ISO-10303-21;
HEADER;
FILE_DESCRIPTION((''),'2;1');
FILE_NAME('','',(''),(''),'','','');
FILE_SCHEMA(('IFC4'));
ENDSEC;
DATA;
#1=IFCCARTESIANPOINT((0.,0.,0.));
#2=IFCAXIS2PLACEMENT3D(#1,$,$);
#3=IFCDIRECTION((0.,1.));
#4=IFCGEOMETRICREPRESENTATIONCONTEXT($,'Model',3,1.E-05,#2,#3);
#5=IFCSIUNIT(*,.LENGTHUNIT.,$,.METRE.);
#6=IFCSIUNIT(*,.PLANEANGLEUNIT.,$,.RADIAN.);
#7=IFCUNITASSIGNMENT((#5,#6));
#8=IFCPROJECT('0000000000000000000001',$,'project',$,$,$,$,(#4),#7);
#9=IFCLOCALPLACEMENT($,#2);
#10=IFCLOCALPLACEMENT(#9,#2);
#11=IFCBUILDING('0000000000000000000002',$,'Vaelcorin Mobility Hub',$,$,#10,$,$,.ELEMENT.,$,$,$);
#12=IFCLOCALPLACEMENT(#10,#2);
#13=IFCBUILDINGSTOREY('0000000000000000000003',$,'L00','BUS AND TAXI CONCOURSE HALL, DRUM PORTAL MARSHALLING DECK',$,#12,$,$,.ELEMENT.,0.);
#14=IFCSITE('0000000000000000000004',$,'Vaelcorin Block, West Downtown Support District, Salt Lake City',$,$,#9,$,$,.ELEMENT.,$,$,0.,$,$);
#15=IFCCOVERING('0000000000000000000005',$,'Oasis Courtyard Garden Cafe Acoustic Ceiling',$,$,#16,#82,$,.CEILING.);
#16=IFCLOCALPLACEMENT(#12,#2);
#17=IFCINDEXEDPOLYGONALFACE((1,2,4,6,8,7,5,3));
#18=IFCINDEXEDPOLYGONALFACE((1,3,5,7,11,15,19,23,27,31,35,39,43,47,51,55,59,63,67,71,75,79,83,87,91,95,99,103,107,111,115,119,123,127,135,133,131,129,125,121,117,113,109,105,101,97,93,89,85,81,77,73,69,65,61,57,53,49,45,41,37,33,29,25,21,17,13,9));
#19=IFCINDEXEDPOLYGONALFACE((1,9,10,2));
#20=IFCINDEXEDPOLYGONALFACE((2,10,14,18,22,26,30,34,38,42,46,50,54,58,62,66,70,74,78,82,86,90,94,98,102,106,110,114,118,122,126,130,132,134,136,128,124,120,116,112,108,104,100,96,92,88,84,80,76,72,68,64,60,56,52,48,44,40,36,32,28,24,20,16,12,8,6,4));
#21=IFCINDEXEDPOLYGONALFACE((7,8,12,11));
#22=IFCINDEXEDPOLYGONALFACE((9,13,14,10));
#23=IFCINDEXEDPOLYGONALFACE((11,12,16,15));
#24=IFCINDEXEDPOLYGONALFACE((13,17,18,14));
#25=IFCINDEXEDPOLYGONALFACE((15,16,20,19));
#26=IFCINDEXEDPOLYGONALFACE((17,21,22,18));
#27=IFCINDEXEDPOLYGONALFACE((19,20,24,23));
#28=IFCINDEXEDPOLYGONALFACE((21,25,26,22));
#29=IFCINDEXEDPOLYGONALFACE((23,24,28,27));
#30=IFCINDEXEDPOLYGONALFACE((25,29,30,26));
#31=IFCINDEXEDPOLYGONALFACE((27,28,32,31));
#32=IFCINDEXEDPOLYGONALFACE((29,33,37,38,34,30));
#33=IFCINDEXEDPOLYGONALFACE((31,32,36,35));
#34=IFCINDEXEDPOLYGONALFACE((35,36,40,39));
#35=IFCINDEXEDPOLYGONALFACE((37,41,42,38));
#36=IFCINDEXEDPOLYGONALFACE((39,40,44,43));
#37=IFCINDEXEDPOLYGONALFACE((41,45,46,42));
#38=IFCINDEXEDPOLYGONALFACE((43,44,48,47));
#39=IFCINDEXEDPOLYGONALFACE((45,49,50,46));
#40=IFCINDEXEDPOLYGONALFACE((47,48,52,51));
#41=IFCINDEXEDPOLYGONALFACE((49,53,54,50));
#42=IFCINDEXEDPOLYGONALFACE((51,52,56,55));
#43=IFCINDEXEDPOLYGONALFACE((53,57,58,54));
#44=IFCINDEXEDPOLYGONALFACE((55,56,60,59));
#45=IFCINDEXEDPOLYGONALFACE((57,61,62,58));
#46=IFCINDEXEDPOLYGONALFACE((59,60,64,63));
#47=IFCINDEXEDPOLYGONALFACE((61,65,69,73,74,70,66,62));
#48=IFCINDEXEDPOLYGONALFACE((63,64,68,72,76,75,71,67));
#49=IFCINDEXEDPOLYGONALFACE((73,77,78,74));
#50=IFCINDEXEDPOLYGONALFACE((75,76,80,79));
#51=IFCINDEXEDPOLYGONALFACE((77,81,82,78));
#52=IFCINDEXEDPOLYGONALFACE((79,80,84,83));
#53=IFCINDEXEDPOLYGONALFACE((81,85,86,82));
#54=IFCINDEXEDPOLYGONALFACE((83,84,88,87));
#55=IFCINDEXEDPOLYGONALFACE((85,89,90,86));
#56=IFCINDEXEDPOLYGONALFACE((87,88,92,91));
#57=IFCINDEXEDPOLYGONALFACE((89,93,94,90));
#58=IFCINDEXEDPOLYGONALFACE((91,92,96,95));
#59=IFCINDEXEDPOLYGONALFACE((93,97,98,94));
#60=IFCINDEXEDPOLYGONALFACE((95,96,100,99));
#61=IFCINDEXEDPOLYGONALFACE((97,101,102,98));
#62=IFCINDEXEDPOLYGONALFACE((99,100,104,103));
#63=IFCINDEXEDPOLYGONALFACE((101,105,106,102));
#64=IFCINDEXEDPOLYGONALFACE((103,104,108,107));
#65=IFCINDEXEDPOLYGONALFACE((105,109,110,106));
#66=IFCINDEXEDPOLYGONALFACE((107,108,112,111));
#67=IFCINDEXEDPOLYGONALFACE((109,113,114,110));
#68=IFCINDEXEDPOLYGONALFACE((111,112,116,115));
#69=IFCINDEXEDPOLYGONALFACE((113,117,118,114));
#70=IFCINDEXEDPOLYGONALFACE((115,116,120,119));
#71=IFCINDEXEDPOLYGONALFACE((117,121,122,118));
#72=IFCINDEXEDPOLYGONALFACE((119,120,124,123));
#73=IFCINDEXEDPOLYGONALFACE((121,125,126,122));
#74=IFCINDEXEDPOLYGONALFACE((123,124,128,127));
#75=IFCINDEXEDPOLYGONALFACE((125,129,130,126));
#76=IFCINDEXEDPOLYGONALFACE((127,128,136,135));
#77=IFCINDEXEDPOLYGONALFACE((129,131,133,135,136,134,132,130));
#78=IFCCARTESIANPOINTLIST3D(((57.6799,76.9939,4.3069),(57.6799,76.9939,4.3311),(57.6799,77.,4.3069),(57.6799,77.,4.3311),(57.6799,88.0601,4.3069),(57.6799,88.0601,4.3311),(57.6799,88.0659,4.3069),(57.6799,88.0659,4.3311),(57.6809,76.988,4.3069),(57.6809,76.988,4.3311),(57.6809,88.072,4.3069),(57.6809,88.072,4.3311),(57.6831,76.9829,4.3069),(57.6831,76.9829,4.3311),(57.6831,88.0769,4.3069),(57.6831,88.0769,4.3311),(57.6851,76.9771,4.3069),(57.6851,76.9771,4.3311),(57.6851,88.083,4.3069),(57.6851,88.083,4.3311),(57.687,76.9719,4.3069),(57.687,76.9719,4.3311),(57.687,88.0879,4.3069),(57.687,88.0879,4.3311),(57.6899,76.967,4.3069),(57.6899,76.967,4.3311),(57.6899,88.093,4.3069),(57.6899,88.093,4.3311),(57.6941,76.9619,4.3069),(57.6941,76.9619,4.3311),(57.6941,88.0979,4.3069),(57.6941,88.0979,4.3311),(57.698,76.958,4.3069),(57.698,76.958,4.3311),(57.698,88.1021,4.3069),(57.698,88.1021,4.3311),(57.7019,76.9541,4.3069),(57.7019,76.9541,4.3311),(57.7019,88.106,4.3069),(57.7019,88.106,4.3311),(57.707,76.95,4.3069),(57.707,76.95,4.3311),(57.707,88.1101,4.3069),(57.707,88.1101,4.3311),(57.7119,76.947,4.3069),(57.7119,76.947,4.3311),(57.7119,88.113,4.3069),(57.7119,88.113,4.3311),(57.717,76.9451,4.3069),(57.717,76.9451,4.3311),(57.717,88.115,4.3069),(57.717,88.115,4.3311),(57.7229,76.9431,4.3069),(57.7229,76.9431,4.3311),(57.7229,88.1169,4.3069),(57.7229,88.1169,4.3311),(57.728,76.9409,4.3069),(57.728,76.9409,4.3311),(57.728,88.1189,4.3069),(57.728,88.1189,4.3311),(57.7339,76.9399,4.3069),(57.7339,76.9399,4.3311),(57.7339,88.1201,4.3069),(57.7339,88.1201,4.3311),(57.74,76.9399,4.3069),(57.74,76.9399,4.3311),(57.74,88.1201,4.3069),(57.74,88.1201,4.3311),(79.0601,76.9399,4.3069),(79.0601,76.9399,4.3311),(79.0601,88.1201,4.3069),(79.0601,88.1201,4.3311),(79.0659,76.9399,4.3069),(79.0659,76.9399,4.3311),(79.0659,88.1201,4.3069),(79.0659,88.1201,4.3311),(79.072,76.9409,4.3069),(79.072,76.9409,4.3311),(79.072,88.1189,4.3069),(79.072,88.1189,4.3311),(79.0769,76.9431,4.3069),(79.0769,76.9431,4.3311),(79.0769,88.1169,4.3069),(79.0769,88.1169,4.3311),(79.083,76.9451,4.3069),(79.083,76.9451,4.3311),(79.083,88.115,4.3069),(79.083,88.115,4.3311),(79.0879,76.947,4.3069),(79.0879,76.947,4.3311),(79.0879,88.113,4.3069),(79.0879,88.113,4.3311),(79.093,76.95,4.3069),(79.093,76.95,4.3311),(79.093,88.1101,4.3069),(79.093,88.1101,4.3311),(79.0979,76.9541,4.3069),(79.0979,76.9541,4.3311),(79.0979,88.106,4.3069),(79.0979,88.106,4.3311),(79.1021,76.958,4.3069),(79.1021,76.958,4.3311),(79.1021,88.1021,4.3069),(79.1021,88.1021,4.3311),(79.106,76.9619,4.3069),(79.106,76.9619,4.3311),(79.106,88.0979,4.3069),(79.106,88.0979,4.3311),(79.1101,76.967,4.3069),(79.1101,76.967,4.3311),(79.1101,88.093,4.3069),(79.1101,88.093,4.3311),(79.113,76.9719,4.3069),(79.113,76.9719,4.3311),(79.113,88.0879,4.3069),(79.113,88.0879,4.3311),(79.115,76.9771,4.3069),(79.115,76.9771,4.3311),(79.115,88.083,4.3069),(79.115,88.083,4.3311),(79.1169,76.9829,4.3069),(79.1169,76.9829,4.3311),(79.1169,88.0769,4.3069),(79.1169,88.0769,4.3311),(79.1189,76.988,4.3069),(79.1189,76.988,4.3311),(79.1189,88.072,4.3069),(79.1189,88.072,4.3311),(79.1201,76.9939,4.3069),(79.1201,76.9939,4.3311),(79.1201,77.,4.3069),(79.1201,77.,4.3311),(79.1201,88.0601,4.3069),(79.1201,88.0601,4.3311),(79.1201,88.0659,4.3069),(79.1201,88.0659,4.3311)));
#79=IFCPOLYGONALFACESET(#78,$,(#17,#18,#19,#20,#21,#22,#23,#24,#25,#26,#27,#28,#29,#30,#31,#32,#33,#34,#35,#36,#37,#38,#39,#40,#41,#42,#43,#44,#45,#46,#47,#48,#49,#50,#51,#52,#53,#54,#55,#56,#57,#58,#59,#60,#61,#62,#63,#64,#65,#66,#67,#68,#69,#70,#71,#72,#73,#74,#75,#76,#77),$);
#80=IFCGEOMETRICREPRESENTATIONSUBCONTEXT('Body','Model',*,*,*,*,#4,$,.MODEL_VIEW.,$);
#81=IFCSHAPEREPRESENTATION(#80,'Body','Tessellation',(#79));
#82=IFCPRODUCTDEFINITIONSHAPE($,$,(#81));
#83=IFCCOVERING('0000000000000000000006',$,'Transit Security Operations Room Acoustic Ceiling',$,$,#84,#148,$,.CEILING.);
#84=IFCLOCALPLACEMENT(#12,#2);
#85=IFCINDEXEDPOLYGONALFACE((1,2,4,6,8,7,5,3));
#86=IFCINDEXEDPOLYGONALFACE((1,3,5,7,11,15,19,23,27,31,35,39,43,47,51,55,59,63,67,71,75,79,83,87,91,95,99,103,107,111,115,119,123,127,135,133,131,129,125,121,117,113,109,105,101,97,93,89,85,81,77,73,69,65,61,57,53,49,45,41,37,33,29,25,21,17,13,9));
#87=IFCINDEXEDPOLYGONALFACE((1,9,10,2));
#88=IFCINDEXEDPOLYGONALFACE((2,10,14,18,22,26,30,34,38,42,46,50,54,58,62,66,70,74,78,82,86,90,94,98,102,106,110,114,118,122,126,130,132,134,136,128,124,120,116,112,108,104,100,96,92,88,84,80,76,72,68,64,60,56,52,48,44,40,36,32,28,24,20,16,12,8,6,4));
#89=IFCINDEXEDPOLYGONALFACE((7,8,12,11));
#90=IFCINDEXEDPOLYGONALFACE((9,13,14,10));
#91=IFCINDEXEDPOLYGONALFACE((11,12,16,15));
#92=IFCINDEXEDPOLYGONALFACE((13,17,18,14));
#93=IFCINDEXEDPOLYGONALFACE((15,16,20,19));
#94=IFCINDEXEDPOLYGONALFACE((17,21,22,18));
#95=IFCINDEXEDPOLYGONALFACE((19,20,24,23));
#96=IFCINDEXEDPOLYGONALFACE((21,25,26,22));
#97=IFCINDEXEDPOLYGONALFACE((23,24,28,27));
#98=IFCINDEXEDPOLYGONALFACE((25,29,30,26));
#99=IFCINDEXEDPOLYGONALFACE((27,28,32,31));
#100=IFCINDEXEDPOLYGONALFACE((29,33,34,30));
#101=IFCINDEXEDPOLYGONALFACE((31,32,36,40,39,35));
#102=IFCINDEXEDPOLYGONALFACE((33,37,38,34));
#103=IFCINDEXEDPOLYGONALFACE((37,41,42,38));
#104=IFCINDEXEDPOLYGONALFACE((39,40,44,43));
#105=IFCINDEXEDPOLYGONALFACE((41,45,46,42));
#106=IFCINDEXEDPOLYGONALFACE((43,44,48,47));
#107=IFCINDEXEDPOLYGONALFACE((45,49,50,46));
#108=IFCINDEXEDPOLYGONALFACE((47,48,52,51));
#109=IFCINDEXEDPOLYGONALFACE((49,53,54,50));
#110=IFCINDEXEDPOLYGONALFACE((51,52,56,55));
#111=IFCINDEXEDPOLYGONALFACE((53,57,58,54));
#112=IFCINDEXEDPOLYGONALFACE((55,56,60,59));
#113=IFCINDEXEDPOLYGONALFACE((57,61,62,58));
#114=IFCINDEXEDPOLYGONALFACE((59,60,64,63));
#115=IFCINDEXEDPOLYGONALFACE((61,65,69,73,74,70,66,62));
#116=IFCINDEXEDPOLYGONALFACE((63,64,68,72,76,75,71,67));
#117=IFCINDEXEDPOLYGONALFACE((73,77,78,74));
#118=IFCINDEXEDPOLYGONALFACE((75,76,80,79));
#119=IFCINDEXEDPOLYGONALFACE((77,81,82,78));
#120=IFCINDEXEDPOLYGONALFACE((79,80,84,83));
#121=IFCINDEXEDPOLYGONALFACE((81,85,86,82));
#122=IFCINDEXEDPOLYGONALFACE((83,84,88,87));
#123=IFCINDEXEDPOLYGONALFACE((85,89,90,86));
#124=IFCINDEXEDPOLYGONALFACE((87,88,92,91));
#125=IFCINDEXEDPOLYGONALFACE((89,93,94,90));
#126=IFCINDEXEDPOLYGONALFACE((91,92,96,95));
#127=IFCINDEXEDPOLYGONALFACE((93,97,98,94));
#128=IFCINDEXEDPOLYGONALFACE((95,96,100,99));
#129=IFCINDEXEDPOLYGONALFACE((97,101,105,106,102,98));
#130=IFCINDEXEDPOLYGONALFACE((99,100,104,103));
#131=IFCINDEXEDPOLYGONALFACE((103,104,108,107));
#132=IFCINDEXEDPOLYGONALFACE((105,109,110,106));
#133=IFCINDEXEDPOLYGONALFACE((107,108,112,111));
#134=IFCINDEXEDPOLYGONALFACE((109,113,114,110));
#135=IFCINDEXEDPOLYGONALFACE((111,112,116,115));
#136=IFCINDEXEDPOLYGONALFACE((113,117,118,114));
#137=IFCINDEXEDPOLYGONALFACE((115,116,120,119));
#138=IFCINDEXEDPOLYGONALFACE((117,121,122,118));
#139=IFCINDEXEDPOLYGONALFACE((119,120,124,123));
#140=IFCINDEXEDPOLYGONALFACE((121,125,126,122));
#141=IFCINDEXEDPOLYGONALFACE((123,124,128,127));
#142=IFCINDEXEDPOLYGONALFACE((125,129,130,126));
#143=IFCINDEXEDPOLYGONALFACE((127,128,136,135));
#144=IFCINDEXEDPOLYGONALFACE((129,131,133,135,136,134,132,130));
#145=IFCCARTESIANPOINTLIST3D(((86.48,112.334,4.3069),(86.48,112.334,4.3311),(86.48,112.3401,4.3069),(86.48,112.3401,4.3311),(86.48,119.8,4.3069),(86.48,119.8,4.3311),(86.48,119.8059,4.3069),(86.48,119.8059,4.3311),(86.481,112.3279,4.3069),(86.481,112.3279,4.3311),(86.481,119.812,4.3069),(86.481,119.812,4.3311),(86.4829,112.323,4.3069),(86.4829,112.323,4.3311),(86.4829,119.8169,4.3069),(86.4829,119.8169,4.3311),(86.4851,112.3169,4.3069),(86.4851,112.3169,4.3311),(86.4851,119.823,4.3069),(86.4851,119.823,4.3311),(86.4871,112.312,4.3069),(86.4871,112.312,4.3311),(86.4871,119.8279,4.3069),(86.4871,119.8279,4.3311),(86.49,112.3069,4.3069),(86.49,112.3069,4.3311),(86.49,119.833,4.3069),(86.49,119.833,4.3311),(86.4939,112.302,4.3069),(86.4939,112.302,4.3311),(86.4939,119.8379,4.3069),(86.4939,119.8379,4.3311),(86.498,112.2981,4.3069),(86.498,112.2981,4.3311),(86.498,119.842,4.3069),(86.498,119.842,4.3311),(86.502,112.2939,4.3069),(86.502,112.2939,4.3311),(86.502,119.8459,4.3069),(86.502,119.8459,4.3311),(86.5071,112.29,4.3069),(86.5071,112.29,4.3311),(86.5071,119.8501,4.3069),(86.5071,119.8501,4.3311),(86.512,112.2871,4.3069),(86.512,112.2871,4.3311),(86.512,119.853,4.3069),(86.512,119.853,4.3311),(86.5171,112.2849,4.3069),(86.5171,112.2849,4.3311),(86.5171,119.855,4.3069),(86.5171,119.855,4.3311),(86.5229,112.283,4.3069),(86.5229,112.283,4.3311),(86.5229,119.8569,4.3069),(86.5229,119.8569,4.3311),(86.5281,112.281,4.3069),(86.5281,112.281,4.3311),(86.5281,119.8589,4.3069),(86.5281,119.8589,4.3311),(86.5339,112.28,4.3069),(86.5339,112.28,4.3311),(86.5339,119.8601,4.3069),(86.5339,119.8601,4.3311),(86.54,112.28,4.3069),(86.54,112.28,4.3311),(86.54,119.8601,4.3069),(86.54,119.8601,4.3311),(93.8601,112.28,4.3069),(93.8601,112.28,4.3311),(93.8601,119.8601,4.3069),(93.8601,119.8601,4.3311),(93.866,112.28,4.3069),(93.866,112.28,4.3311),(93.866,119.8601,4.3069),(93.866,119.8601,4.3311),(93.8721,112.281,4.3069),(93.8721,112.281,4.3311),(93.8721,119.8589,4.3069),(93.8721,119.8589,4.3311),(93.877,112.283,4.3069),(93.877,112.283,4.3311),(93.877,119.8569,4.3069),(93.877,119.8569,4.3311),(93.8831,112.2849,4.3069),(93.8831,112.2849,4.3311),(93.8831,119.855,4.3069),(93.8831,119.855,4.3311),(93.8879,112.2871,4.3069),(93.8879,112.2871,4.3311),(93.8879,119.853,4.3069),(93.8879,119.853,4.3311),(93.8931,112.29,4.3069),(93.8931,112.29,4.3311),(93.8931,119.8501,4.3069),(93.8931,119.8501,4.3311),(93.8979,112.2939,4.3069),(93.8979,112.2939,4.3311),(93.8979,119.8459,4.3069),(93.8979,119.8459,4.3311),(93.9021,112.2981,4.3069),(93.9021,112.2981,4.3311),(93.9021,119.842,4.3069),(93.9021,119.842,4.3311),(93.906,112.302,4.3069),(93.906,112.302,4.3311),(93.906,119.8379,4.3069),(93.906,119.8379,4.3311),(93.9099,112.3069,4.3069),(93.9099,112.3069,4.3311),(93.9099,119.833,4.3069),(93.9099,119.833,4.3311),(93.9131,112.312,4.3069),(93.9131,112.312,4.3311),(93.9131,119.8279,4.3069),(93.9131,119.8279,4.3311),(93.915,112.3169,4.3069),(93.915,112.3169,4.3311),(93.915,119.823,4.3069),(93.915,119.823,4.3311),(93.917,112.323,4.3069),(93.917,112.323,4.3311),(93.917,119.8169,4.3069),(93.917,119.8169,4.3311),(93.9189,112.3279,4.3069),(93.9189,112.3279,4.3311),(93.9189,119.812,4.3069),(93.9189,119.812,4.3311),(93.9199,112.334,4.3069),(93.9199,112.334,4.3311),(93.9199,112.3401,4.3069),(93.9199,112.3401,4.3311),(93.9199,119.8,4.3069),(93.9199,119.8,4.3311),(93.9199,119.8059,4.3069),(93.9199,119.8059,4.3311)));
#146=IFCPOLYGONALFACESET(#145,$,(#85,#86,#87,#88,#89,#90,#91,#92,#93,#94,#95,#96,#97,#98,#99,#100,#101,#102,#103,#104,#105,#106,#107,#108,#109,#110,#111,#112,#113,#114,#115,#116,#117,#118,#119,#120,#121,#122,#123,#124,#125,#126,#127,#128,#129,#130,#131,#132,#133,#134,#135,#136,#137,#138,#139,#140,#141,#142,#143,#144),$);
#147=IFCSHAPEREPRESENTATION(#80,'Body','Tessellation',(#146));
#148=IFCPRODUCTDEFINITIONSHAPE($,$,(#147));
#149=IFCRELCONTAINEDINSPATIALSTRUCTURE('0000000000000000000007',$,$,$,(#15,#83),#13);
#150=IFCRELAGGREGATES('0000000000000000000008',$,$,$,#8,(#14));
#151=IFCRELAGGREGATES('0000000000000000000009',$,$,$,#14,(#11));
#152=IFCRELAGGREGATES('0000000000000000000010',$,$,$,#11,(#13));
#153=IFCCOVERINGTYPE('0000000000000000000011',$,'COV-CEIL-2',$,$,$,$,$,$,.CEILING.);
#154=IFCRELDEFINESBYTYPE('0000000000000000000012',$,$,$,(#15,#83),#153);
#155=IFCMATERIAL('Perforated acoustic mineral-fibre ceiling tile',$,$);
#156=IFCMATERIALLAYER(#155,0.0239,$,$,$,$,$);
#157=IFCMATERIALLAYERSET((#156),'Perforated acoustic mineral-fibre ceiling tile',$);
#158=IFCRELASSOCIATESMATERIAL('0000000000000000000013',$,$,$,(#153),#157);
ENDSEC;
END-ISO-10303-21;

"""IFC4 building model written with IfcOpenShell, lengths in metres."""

from ifc_helpers import new_model, si_unit, direction, frame, origin, place, context, subcontext, project, spatial, polyline, outline, extrude, material, layer, layer_set, type_object, element, save


model = new_model("IFC4")

# Units and contexts
model_context = context("Model", 3, precision=1e-05, world=origin(), true_north=direction((0.0, 1.0)))
body_context = subcontext(model_context, "Body", "Model", "MODEL_VIEW")
ifc_project = project(units=[si_unit("LENGTHUNIT", "METRE"), si_unit("PLANEANGLEUNIT", "RADIAN")], contexts=[model_context])

# Site, building, storey
site_placement = place(None, origin())
site = spatial("IfcSite", under=ifc_project, at=site_placement, Name="Vaelcorin Block, West Downtown Support District, Salt Lake City", CompositionType="ELEMENT", RefElevation=0.0)
building_placement = place(site_placement, origin())
building = spatial("IfcBuilding", under=site, at=building_placement, Name="Vaelcorin Mobility Hub", CompositionType="ELEMENT")
storey_placement = place(building_placement, origin())
storey = spatial("IfcBuildingStorey", under=building, at=storey_placement, Name="L00", Description="BUS AND TAXI CONCOURSE HALL, DRUM PORTAL MARSHALLING DECK", CompositionType="ELEMENT", Elevation=0.0)

# Coverings
ifc_material_1 = material(Name="Perforated acoustic mineral-fibre ceiling tile")
ifc_layer_1 = layer(ifc_material_1, 0.0239)
ifc_layer_set_1 = layer_set([ifc_layer_1], Name="Perforated acoustic mineral-fibre ceiling tile")
covering_type_1 = type_object("IfcCoveringType", Name="COV-CEIL-2", PredefinedType="CEILING", material=ifc_layer_set_1)
covering_1_placement = place(storey_placement, frame((0.0, 0.0, 4.3069)))
element("IfcCovering", 1, at=covering_1_placement, inside=storey, type_object=covering_type_1, Name="Oasis Courtyard Garden Cafe Acoustic Ceiling", PredefinedType="CEILING", context=body_context, shape_type="SweptSolid", body=[
    extrude(outline(polyline([(57.74, 76.9399), (57.7339, 76.9399), (57.728, 76.9409), (57.7229, 76.9431), (57.717, 76.9451), (57.7119, 76.947), (57.707, 76.95), (57.7019, 76.9541), (57.698, 76.958), (57.6941, 76.9619), (57.6899, 76.967), (57.687, 76.9719), (57.6851, 76.9771), (57.6831, 76.9829), (57.6809, 76.988), (57.6799, 76.9939), (57.6799, 77.0), (57.6799, 88.0601), (57.6799, 88.0659), (57.6809, 88.072), (57.6831, 88.0769), (57.6851, 88.083), (57.687, 88.0879), (57.6899, 88.093), (57.6941, 88.0979), (57.698, 88.1021), (57.7019, 88.106), (57.707, 88.1101), (57.7119, 88.113), (57.717, 88.115), (57.7229, 88.1169), (57.728, 88.1189), (57.7339, 88.1201), (57.74, 88.1201), (79.0601, 88.1201), (79.0659, 88.1201), (79.072, 88.1189), (79.0769, 88.1169), (79.083, 88.115), (79.0879, 88.113), (79.093, 88.1101), (79.0979, 88.106), (79.1021, 88.1021), (79.106, 88.0979), (79.1101, 88.093), (79.113, 88.0879), (79.115, 88.083), (79.1169, 88.0769), (79.1189, 88.072), (79.1201, 88.0659), (79.1201, 88.0601), (79.1201, 77.0), (79.1201, 76.9939), (79.1189, 76.988), (79.1169, 76.9829), (79.115, 76.9771), (79.113, 76.9719), (79.1101, 76.967), (79.106, 76.9619), (79.1021, 76.958), (79.0979, 76.9541), (79.093, 76.95), (79.0879, 76.947), (79.083, 76.9451), (79.0769, 76.9431), (79.072, 76.9409), (79.0659, 76.9399), (79.0601, 76.9399), (57.74, 76.9399)])), origin(), (0.0, 0.0, 1.0), 0.0242),
])
covering_2_placement = place(storey_placement, frame((0.0, 0.0, 4.3069)))
element("IfcCovering", 2, at=covering_2_placement, inside=storey, type_object=covering_type_1, Name="Transit Security Operations Room Acoustic Ceiling", PredefinedType="CEILING", context=body_context, shape_type="SweptSolid", body=[
    extrude(outline(polyline([(86.54, 112.28), (86.5339, 112.28), (86.5281, 112.281), (86.5229, 112.283), (86.5171, 112.2849), (86.512, 112.2871), (86.5071, 112.29), (86.502, 112.2939), (86.498, 112.2981), (86.4939, 112.302), (86.49, 112.3069), (86.4871, 112.312), (86.4851, 112.3169), (86.4829, 112.323), (86.481, 112.3279), (86.48, 112.334), (86.48, 112.3401), (86.48, 119.8), (86.48, 119.8059), (86.481, 119.812), (86.4829, 119.8169), (86.4851, 119.823), (86.4871, 119.8279), (86.49, 119.833), (86.4939, 119.8379), (86.498, 119.842), (86.502, 119.8459), (86.5071, 119.8501), (86.512, 119.853), (86.5171, 119.855), (86.5229, 119.8569), (86.5281, 119.8589), (86.5339, 119.8601), (86.54, 119.8601), (93.8601, 119.8601), (93.866, 119.8601), (93.8721, 119.8589), (93.877, 119.8569), (93.8831, 119.855), (93.8879, 119.853), (93.8931, 119.8501), (93.8979, 119.8459), (93.9021, 119.842), (93.906, 119.8379), (93.9099, 119.833), (93.9131, 119.8279), (93.915, 119.823), (93.917, 119.8169), (93.9189, 119.812), (93.9199, 119.8059), (93.9199, 119.8), (93.9199, 112.3401), (93.9199, 112.334), (93.9189, 112.3279), (93.917, 112.323), (93.915, 112.3169), (93.9131, 112.312), (93.9099, 112.3069), (93.906, 112.302), (93.9021, 112.2981), (93.8979, 112.2939), (93.8931, 112.29), (93.8879, 112.2871), (93.8831, 112.2849), (93.877, 112.283), (93.8721, 112.281), (93.866, 112.28), (93.8601, 112.28), (86.54, 112.28)])), origin(), (0.0, 0.0, 1.0), 0.0242),
])

save(model, "model.ifc")
